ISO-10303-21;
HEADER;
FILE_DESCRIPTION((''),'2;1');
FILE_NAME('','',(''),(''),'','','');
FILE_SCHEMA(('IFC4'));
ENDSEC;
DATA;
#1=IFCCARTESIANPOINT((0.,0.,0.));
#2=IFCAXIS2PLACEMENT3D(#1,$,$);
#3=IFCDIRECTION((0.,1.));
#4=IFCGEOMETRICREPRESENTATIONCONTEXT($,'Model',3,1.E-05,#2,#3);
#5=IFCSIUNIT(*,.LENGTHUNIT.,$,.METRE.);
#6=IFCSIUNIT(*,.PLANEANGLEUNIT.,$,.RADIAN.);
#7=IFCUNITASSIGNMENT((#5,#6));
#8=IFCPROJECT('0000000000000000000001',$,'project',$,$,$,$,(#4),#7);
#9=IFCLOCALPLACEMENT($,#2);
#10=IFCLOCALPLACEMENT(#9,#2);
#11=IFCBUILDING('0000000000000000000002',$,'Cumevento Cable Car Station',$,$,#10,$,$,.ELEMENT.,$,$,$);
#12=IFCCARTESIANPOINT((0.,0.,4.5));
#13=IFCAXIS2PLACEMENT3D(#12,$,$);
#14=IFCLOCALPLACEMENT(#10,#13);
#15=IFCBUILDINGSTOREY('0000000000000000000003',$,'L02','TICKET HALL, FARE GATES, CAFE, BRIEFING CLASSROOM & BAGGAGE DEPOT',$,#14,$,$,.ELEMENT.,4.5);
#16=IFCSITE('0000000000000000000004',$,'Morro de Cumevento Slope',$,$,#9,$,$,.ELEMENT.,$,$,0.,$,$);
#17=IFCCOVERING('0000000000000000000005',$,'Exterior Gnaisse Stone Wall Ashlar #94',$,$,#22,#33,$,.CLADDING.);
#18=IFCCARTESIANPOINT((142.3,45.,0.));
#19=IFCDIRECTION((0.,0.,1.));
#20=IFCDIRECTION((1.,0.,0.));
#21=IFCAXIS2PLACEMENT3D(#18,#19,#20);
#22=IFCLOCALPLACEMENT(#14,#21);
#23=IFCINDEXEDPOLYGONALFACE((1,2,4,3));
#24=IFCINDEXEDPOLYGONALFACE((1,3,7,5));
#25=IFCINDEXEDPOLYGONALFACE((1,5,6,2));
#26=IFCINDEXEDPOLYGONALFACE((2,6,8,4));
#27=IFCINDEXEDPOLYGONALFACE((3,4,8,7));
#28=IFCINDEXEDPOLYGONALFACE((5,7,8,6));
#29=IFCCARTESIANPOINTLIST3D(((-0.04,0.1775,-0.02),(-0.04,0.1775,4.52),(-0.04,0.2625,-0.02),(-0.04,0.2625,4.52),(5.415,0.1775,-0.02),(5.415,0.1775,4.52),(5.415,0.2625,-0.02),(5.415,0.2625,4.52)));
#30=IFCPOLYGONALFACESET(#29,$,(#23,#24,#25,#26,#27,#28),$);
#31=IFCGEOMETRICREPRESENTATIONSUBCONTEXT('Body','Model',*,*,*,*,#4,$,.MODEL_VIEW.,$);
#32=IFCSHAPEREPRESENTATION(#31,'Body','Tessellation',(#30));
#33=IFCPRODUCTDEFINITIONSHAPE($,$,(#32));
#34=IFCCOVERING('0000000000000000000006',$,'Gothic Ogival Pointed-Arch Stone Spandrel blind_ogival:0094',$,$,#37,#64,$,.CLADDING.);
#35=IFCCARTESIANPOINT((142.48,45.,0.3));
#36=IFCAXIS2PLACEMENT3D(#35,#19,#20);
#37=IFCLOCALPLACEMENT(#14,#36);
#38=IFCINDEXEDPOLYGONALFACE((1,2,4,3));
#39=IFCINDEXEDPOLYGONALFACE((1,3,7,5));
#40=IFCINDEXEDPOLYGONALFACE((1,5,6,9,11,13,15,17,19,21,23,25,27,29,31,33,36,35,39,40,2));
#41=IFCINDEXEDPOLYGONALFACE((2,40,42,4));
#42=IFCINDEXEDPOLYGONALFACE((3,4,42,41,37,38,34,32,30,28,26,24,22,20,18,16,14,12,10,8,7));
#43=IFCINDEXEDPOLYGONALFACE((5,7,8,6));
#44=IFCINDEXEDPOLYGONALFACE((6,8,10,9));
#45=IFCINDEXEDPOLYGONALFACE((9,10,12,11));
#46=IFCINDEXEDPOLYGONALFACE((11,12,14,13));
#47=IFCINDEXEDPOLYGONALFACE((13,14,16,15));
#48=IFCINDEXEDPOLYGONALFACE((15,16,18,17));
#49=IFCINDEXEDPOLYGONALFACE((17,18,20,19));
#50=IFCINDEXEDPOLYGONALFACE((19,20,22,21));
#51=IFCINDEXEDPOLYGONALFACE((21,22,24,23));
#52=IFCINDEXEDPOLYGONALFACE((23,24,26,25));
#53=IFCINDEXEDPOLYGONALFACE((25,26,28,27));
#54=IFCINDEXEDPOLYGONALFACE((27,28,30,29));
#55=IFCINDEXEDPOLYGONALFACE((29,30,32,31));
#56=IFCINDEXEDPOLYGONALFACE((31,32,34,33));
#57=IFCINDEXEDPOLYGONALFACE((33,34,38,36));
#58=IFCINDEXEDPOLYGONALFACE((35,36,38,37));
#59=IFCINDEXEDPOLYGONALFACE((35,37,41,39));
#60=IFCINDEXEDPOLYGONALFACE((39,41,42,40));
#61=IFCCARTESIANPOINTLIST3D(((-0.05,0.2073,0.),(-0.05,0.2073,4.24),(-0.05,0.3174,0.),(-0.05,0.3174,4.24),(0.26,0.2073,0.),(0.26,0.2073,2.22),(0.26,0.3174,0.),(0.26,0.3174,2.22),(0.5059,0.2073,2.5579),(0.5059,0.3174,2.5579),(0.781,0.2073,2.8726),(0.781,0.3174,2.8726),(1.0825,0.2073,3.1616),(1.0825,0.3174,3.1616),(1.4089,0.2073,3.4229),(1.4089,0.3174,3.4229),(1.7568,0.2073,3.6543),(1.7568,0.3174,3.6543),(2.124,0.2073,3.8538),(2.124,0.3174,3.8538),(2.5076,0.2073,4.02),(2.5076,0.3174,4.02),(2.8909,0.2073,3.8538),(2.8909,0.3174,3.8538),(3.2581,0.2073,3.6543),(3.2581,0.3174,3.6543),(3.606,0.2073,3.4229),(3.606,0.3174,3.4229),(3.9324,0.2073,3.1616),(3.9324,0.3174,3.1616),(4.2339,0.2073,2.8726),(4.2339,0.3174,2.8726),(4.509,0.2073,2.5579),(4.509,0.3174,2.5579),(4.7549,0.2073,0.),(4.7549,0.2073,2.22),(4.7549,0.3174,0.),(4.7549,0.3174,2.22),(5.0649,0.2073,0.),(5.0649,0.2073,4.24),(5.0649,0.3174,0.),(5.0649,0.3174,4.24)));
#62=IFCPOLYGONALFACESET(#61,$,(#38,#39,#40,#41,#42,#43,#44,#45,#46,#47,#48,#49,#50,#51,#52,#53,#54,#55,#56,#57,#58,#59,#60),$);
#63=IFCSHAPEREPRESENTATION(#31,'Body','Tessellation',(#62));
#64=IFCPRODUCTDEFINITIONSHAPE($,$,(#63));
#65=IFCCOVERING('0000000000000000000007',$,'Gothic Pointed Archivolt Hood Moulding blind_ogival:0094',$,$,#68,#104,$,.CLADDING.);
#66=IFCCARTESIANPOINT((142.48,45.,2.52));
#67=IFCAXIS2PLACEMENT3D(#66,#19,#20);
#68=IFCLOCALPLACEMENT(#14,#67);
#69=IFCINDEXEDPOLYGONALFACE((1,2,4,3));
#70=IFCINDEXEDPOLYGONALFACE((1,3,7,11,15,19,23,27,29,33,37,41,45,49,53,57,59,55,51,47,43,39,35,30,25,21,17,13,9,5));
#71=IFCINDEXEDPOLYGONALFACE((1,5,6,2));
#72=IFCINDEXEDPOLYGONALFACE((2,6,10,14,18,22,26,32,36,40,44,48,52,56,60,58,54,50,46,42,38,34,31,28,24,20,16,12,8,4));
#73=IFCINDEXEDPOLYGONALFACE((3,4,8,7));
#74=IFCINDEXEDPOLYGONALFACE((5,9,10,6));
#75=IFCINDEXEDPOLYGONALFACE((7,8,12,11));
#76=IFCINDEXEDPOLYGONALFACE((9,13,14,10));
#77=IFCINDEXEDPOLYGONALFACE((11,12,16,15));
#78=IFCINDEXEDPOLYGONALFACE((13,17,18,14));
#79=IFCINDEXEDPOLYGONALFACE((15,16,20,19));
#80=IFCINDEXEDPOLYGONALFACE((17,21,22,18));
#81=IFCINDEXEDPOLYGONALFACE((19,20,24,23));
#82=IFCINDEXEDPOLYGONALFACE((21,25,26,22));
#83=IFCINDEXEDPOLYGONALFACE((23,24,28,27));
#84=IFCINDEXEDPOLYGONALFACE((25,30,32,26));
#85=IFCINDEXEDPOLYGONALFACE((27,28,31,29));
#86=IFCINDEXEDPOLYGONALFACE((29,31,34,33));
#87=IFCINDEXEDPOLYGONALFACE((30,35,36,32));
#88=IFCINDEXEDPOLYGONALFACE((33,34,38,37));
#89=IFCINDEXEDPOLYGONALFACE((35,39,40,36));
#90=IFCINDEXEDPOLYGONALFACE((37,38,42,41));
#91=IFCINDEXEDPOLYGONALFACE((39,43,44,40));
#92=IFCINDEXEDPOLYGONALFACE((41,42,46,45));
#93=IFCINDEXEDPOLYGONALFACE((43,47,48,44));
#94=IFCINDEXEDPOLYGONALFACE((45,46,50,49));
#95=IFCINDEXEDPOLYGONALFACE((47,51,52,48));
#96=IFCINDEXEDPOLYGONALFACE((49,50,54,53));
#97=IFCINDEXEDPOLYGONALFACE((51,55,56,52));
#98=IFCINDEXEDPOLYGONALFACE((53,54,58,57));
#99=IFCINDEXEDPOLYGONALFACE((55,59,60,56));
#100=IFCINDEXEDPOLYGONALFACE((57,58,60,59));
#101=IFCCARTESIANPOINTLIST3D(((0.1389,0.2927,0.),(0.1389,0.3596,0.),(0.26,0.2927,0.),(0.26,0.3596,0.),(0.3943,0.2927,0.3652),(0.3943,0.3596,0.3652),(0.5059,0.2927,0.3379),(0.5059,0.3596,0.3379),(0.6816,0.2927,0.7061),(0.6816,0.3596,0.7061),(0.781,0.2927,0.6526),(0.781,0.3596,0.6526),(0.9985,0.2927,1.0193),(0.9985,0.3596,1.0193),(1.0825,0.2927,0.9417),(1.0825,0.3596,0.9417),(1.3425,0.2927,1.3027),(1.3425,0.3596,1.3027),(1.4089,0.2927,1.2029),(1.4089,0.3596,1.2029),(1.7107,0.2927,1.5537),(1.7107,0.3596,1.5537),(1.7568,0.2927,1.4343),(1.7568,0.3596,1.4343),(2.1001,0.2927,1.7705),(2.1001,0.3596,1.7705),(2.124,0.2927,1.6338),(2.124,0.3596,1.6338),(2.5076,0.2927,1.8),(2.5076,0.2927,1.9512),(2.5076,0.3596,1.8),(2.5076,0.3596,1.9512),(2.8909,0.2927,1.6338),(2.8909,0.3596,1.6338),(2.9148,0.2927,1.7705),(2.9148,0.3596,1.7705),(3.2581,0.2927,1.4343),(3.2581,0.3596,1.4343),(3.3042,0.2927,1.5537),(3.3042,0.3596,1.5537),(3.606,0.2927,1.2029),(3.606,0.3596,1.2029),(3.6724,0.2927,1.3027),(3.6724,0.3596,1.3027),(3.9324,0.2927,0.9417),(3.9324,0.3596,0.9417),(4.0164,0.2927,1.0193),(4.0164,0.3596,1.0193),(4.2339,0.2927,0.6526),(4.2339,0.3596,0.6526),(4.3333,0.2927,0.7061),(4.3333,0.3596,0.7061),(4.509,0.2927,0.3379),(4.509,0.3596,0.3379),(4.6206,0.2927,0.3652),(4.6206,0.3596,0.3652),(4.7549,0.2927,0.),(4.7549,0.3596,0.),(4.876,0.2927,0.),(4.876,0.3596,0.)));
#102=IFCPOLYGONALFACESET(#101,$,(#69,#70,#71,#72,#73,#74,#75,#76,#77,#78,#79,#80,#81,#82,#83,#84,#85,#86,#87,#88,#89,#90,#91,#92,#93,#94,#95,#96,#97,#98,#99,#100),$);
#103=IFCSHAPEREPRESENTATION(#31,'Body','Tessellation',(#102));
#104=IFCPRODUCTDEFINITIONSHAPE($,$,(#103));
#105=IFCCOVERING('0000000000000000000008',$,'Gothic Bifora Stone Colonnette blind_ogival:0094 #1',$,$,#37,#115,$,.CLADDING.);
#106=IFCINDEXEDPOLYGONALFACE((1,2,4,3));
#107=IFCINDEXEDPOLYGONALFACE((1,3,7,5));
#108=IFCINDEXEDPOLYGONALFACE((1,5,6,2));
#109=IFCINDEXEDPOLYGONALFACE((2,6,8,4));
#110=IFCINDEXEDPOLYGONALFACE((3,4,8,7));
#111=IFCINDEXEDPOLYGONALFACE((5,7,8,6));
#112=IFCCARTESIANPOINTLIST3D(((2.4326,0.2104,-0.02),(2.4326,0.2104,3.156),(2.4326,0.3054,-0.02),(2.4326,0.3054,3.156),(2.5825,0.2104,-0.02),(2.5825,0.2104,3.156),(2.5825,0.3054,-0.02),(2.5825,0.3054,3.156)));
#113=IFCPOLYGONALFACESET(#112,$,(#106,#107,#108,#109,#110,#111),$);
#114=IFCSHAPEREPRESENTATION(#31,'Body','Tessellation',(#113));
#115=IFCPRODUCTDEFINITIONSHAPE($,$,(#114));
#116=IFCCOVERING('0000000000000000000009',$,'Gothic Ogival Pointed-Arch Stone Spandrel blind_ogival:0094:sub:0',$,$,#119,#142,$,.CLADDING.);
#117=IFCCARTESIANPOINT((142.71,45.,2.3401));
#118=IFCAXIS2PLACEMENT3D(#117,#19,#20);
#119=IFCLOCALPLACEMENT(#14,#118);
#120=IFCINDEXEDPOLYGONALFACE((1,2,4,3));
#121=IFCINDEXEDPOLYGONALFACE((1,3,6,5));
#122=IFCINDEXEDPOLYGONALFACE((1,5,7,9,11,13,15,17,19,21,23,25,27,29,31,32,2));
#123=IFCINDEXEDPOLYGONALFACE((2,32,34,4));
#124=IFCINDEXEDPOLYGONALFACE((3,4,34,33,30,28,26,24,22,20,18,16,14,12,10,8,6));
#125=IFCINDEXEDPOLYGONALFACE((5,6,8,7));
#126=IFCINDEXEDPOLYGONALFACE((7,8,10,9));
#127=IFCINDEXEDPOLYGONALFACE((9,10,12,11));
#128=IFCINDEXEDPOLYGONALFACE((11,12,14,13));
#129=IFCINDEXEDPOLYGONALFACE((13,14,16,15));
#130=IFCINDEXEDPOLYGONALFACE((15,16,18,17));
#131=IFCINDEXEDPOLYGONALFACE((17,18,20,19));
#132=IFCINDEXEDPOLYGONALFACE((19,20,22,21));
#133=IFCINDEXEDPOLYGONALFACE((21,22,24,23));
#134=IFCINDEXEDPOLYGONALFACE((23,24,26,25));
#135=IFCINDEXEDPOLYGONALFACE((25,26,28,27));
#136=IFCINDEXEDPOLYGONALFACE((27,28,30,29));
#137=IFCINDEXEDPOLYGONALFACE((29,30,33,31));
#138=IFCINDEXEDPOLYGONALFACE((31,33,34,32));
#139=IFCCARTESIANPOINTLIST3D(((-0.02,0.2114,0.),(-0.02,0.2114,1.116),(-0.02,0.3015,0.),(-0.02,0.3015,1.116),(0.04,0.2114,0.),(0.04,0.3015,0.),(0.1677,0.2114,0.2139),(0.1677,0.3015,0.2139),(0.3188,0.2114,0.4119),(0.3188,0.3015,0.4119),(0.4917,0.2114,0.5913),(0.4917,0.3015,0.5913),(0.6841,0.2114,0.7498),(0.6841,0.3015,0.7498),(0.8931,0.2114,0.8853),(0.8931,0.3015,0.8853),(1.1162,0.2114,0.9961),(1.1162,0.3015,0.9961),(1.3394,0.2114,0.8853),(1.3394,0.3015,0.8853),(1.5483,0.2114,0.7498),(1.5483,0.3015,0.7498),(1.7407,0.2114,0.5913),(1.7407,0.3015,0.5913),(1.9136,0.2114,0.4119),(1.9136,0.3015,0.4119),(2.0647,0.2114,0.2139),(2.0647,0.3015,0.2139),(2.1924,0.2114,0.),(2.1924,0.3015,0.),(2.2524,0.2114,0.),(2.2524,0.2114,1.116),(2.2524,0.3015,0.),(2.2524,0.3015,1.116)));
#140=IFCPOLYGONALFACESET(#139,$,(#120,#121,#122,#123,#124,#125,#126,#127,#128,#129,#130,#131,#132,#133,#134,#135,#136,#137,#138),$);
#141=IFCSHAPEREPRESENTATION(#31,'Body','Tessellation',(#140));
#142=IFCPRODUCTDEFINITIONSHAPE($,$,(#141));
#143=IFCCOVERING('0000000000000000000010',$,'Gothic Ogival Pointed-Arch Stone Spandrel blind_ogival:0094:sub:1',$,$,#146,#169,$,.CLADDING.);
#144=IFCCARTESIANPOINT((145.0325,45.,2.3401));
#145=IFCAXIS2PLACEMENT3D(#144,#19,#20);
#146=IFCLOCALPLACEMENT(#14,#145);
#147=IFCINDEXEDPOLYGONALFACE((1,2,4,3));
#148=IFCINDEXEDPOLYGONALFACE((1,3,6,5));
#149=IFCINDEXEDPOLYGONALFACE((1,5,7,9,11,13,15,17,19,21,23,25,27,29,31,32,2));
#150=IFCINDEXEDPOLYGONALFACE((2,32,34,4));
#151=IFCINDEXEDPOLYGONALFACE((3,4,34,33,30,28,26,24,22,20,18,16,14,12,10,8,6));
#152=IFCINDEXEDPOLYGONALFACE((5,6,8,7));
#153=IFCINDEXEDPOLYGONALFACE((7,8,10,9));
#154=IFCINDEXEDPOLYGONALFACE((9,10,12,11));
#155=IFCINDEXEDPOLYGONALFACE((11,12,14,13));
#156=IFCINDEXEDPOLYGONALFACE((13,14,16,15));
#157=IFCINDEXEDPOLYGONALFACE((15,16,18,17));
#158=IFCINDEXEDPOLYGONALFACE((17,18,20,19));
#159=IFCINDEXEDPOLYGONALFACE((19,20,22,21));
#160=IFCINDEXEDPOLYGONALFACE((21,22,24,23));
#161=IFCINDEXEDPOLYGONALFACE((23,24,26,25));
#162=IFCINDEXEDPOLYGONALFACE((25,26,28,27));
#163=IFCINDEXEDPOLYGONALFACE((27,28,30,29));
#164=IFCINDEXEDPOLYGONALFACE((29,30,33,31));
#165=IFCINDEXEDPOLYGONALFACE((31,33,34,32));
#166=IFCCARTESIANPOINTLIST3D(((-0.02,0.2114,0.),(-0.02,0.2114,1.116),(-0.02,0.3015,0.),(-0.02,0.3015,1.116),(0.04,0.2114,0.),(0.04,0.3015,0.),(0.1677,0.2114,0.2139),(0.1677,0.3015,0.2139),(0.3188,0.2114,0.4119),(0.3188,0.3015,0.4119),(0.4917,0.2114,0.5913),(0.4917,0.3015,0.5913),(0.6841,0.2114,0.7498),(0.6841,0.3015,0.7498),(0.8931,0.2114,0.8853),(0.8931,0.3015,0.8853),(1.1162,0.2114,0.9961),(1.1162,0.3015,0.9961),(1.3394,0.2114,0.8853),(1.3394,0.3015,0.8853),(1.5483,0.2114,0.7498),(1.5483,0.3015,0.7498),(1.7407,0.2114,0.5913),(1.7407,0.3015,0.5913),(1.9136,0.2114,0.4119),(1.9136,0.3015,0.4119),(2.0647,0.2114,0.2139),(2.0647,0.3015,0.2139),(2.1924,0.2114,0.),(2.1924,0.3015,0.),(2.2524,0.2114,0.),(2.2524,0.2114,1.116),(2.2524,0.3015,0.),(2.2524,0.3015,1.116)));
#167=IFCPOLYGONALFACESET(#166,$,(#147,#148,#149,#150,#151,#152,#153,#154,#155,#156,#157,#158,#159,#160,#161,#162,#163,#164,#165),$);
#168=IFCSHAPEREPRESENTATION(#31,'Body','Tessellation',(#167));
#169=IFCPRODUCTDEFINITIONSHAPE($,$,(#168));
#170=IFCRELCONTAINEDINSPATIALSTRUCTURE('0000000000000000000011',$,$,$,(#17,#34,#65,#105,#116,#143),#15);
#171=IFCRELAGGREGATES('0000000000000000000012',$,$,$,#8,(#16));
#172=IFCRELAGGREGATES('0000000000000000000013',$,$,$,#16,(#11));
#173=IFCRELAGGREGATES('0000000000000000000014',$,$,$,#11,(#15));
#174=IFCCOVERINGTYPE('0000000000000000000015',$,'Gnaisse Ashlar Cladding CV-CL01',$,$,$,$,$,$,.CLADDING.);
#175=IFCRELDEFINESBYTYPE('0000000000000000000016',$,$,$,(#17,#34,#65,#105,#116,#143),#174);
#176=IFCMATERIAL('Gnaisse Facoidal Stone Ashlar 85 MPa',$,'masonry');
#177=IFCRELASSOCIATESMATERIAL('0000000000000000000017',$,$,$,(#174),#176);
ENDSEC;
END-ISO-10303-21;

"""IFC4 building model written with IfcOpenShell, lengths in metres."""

from ifc_helpers import new_model, si_unit, direction, frame, origin, place, context, subcontext, project, spatial, polyline, outline, extrude, material, type_object, element, save


model = new_model("IFC4")

# Units and contexts
model_context = context("Model", 3, precision=1e-05, world=origin(), true_north=direction((0.0, 1.0)))
body_context = subcontext(model_context, "Body", "Model", "MODEL_VIEW")
ifc_project = project(units=[si_unit("LENGTHUNIT", "METRE"), si_unit("PLANEANGLEUNIT", "RADIAN")], contexts=[model_context])

# Site, building, storey
site_placement = place(None, origin())
site = spatial("IfcSite", under=ifc_project, at=site_placement, Name="Morro de Cumevento Slope", CompositionType="ELEMENT", RefElevation=0.0)
building_placement = place(site_placement, origin())
building = spatial("IfcBuilding", under=site, at=building_placement, Name="Cumevento Cable Car Station", CompositionType="ELEMENT")
storey_placement = place(building_placement, frame((0.0, 0.0, 4.5)))
storey = spatial("IfcBuildingStorey", under=building, at=storey_placement, Name="L02", Description="TICKET HALL, FARE GATES, CAFE, BRIEFING CLASSROOM & BAGGAGE DEPOT", CompositionType="ELEMENT", Elevation=4.5)

# Coverings
ifc_material_1 = material(Name="Gnaisse Facoidal Stone Ashlar 85 MPa", Category="masonry")
covering_type = type_object("IfcCoveringType", Name="Gnaisse Ashlar Cladding CV-CL01", PredefinedType="CLADDING", material=ifc_material_1)
covering_1_placement = place(storey_placement, frame((142.3, 45.0, 0.0), z_axis=(0.0, 0.0, 1.0), x_axis=(1.0, 0.0, 0.0)))
element("IfcCovering", 1, at=covering_1_placement, inside=storey, type_object=covering_type, Name="Exterior Gnaisse Stone Wall Ashlar #94", PredefinedType="CLADDING", context=body_context, shape_type="SweptSolid", body=[
    extrude(outline(polyline([(-0.04, -0.02), (5.415, -0.02), (5.415, 4.52), (-0.04, 4.52), (-0.04, -0.02)])), frame((0.0, 0.2625, 0.0), z_axis=(0.0, -1.0, 0.0), x_axis=(1.0, 0.0, 0.0)), (0.0, 0.0, 1.0), 0.085),
])
placement = place(storey_placement, frame((142.48, 45.0, 0.3), z_axis=(0.0, 0.0, 1.0), x_axis=(1.0, 0.0, 0.0)))
element("IfcCovering", 2, at=placement, inside=storey, type_object=covering_type, Name="Gothic Ogival Pointed-Arch Stone Spandrel blind_ogival:0094", PredefinedType="CLADDING", context=body_context, shape_type="SweptSolid", body=[
    extrude(outline(polyline([(-0.05, 0.0), (-0.05, 4.24), (5.0649, 4.24), (5.0649, 0.0), (4.7549, 0.0), (4.7549, 2.22), (4.509, 2.5579), (4.2339, 2.8726), (3.9324, 3.1616), (3.606, 3.4229), (3.2581, 3.6543), (2.8909, 3.8538), (2.5076, 4.02), (2.124, 3.8538), (1.7568, 3.6543), (1.4089, 3.4229), (1.0825, 3.1616), (0.781, 2.8726), (0.5059, 2.5579), (0.26, 2.22), (0.26, 0.0), (-0.05, 0.0)])), frame((0.0, 0.3174, 0.0), z_axis=(0.0, -1.0, 0.0), x_axis=(1.0, 0.0, 0.0)), (0.0, 0.0, 1.0), 0.1101),
])
covering_2_placement = place(storey_placement, frame((142.48, 45.0, 2.52), z_axis=(0.0, 0.0, 1.0), x_axis=(1.0, 0.0, 0.0)))
element("IfcCovering", 3, at=covering_2_placement, inside=storey, type_object=covering_type, Name="Gothic Pointed Archivolt Hood Moulding blind_ogival:0094", PredefinedType="CLADDING", context=body_context, shape_type="SweptSolid", body=[
    extrude(outline(polyline([(0.26, 0.0), (0.5059, 0.3379), (0.781, 0.6526), (1.0825, 0.9417), (1.4089, 1.2029), (1.7568, 1.4343), (2.124, 1.6338), (2.5076, 1.8), (2.8909, 1.6338), (3.2581, 1.4343), (3.606, 1.2029), (3.9324, 0.9417), (4.2339, 0.6526), (4.509, 0.3379), (4.7549, 0.0), (4.876, 0.0), (4.6206, 0.3652), (4.3333, 0.7061), (4.0164, 1.0193), (3.6724, 1.3027), (3.3042, 1.5537), (2.9148, 1.7705), (2.5076, 1.9512), (2.1001, 1.7705), (1.7107, 1.5537), (1.3425, 1.3027), (0.9985, 1.0193), (0.6816, 0.7061), (0.3943, 0.3652), (0.1389, 0.0), (0.26, 0.0)])), frame((0.0, 0.3596, 0.0), z_axis=(0.0, -1.0, 0.0), x_axis=(1.0, 0.0, 0.0)), (0.0, 0.0, 1.0), 0.0669),
])
element("IfcCovering", 4, at=placement, inside=storey, type_object=covering_type, Name="Gothic Bifora Stone Colonnette blind_ogival:0094 #1", PredefinedType="CLADDING", context=body_context, shape_type="SweptSolid", body=[
    extrude(outline(polyline([(2.4326, -0.02), (2.5825, -0.02), (2.5825, 3.156), (2.4326, 3.156), (2.4326, -0.02)])), frame((0.0, 0.3054, 0.0), z_axis=(0.0, -1.0, 0.0), x_axis=(1.0, 0.0, 0.0)), (0.0, 0.0, 1.0), 0.095),
])
for number, where, z_axis, x_axis, name in (
    (5, (142.71, 45.0, 2.3401), (0.0, 0.0, 1.0), (1.0, 0.0, 0.0), "Gothic Ogival Pointed-Arch Stone Spandrel blind_ogival:0094:sub:0"),
    (6, (145.0325, 45.0, 2.3401), (0.0, 0.0, 1.0), (1.0, 0.0, 0.0), "Gothic Ogival Pointed-Arch Stone Spandrel blind_ogival:0094:sub:1"),
):
    element("IfcCovering", number, at=place(storey_placement, frame(where, z_axis=z_axis, x_axis=x_axis)), inside=storey, type_object=covering_type, Name=name, PredefinedType="CLADDING", context=body_context, shape_type="SweptSolid", body=[
        extrude(outline(polyline([(-0.02, 0.0), (-0.02, 1.116), (2.2524, 1.116), (2.2524, 0.0), (2.1924, 0.0), (2.0647, 0.2139), (1.9136, 0.4119), (1.7407, 0.5913), (1.5483, 0.7498), (1.3394, 0.8853), (1.1162, 0.9961), (0.8931, 0.8853), (0.6841, 0.7498), (0.4917, 0.5913), (0.3188, 0.4119), (0.1677, 0.2139), (0.04, 0.0), (-0.02, 0.0)])), frame((0.0, 0.3015, 0.0), z_axis=(0.0, -1.0, 0.0), x_axis=(1.0, 0.0, 0.0)), (0.0, 0.0, 1.0), 0.0901),
    ])

save(model, "model.ifc")
